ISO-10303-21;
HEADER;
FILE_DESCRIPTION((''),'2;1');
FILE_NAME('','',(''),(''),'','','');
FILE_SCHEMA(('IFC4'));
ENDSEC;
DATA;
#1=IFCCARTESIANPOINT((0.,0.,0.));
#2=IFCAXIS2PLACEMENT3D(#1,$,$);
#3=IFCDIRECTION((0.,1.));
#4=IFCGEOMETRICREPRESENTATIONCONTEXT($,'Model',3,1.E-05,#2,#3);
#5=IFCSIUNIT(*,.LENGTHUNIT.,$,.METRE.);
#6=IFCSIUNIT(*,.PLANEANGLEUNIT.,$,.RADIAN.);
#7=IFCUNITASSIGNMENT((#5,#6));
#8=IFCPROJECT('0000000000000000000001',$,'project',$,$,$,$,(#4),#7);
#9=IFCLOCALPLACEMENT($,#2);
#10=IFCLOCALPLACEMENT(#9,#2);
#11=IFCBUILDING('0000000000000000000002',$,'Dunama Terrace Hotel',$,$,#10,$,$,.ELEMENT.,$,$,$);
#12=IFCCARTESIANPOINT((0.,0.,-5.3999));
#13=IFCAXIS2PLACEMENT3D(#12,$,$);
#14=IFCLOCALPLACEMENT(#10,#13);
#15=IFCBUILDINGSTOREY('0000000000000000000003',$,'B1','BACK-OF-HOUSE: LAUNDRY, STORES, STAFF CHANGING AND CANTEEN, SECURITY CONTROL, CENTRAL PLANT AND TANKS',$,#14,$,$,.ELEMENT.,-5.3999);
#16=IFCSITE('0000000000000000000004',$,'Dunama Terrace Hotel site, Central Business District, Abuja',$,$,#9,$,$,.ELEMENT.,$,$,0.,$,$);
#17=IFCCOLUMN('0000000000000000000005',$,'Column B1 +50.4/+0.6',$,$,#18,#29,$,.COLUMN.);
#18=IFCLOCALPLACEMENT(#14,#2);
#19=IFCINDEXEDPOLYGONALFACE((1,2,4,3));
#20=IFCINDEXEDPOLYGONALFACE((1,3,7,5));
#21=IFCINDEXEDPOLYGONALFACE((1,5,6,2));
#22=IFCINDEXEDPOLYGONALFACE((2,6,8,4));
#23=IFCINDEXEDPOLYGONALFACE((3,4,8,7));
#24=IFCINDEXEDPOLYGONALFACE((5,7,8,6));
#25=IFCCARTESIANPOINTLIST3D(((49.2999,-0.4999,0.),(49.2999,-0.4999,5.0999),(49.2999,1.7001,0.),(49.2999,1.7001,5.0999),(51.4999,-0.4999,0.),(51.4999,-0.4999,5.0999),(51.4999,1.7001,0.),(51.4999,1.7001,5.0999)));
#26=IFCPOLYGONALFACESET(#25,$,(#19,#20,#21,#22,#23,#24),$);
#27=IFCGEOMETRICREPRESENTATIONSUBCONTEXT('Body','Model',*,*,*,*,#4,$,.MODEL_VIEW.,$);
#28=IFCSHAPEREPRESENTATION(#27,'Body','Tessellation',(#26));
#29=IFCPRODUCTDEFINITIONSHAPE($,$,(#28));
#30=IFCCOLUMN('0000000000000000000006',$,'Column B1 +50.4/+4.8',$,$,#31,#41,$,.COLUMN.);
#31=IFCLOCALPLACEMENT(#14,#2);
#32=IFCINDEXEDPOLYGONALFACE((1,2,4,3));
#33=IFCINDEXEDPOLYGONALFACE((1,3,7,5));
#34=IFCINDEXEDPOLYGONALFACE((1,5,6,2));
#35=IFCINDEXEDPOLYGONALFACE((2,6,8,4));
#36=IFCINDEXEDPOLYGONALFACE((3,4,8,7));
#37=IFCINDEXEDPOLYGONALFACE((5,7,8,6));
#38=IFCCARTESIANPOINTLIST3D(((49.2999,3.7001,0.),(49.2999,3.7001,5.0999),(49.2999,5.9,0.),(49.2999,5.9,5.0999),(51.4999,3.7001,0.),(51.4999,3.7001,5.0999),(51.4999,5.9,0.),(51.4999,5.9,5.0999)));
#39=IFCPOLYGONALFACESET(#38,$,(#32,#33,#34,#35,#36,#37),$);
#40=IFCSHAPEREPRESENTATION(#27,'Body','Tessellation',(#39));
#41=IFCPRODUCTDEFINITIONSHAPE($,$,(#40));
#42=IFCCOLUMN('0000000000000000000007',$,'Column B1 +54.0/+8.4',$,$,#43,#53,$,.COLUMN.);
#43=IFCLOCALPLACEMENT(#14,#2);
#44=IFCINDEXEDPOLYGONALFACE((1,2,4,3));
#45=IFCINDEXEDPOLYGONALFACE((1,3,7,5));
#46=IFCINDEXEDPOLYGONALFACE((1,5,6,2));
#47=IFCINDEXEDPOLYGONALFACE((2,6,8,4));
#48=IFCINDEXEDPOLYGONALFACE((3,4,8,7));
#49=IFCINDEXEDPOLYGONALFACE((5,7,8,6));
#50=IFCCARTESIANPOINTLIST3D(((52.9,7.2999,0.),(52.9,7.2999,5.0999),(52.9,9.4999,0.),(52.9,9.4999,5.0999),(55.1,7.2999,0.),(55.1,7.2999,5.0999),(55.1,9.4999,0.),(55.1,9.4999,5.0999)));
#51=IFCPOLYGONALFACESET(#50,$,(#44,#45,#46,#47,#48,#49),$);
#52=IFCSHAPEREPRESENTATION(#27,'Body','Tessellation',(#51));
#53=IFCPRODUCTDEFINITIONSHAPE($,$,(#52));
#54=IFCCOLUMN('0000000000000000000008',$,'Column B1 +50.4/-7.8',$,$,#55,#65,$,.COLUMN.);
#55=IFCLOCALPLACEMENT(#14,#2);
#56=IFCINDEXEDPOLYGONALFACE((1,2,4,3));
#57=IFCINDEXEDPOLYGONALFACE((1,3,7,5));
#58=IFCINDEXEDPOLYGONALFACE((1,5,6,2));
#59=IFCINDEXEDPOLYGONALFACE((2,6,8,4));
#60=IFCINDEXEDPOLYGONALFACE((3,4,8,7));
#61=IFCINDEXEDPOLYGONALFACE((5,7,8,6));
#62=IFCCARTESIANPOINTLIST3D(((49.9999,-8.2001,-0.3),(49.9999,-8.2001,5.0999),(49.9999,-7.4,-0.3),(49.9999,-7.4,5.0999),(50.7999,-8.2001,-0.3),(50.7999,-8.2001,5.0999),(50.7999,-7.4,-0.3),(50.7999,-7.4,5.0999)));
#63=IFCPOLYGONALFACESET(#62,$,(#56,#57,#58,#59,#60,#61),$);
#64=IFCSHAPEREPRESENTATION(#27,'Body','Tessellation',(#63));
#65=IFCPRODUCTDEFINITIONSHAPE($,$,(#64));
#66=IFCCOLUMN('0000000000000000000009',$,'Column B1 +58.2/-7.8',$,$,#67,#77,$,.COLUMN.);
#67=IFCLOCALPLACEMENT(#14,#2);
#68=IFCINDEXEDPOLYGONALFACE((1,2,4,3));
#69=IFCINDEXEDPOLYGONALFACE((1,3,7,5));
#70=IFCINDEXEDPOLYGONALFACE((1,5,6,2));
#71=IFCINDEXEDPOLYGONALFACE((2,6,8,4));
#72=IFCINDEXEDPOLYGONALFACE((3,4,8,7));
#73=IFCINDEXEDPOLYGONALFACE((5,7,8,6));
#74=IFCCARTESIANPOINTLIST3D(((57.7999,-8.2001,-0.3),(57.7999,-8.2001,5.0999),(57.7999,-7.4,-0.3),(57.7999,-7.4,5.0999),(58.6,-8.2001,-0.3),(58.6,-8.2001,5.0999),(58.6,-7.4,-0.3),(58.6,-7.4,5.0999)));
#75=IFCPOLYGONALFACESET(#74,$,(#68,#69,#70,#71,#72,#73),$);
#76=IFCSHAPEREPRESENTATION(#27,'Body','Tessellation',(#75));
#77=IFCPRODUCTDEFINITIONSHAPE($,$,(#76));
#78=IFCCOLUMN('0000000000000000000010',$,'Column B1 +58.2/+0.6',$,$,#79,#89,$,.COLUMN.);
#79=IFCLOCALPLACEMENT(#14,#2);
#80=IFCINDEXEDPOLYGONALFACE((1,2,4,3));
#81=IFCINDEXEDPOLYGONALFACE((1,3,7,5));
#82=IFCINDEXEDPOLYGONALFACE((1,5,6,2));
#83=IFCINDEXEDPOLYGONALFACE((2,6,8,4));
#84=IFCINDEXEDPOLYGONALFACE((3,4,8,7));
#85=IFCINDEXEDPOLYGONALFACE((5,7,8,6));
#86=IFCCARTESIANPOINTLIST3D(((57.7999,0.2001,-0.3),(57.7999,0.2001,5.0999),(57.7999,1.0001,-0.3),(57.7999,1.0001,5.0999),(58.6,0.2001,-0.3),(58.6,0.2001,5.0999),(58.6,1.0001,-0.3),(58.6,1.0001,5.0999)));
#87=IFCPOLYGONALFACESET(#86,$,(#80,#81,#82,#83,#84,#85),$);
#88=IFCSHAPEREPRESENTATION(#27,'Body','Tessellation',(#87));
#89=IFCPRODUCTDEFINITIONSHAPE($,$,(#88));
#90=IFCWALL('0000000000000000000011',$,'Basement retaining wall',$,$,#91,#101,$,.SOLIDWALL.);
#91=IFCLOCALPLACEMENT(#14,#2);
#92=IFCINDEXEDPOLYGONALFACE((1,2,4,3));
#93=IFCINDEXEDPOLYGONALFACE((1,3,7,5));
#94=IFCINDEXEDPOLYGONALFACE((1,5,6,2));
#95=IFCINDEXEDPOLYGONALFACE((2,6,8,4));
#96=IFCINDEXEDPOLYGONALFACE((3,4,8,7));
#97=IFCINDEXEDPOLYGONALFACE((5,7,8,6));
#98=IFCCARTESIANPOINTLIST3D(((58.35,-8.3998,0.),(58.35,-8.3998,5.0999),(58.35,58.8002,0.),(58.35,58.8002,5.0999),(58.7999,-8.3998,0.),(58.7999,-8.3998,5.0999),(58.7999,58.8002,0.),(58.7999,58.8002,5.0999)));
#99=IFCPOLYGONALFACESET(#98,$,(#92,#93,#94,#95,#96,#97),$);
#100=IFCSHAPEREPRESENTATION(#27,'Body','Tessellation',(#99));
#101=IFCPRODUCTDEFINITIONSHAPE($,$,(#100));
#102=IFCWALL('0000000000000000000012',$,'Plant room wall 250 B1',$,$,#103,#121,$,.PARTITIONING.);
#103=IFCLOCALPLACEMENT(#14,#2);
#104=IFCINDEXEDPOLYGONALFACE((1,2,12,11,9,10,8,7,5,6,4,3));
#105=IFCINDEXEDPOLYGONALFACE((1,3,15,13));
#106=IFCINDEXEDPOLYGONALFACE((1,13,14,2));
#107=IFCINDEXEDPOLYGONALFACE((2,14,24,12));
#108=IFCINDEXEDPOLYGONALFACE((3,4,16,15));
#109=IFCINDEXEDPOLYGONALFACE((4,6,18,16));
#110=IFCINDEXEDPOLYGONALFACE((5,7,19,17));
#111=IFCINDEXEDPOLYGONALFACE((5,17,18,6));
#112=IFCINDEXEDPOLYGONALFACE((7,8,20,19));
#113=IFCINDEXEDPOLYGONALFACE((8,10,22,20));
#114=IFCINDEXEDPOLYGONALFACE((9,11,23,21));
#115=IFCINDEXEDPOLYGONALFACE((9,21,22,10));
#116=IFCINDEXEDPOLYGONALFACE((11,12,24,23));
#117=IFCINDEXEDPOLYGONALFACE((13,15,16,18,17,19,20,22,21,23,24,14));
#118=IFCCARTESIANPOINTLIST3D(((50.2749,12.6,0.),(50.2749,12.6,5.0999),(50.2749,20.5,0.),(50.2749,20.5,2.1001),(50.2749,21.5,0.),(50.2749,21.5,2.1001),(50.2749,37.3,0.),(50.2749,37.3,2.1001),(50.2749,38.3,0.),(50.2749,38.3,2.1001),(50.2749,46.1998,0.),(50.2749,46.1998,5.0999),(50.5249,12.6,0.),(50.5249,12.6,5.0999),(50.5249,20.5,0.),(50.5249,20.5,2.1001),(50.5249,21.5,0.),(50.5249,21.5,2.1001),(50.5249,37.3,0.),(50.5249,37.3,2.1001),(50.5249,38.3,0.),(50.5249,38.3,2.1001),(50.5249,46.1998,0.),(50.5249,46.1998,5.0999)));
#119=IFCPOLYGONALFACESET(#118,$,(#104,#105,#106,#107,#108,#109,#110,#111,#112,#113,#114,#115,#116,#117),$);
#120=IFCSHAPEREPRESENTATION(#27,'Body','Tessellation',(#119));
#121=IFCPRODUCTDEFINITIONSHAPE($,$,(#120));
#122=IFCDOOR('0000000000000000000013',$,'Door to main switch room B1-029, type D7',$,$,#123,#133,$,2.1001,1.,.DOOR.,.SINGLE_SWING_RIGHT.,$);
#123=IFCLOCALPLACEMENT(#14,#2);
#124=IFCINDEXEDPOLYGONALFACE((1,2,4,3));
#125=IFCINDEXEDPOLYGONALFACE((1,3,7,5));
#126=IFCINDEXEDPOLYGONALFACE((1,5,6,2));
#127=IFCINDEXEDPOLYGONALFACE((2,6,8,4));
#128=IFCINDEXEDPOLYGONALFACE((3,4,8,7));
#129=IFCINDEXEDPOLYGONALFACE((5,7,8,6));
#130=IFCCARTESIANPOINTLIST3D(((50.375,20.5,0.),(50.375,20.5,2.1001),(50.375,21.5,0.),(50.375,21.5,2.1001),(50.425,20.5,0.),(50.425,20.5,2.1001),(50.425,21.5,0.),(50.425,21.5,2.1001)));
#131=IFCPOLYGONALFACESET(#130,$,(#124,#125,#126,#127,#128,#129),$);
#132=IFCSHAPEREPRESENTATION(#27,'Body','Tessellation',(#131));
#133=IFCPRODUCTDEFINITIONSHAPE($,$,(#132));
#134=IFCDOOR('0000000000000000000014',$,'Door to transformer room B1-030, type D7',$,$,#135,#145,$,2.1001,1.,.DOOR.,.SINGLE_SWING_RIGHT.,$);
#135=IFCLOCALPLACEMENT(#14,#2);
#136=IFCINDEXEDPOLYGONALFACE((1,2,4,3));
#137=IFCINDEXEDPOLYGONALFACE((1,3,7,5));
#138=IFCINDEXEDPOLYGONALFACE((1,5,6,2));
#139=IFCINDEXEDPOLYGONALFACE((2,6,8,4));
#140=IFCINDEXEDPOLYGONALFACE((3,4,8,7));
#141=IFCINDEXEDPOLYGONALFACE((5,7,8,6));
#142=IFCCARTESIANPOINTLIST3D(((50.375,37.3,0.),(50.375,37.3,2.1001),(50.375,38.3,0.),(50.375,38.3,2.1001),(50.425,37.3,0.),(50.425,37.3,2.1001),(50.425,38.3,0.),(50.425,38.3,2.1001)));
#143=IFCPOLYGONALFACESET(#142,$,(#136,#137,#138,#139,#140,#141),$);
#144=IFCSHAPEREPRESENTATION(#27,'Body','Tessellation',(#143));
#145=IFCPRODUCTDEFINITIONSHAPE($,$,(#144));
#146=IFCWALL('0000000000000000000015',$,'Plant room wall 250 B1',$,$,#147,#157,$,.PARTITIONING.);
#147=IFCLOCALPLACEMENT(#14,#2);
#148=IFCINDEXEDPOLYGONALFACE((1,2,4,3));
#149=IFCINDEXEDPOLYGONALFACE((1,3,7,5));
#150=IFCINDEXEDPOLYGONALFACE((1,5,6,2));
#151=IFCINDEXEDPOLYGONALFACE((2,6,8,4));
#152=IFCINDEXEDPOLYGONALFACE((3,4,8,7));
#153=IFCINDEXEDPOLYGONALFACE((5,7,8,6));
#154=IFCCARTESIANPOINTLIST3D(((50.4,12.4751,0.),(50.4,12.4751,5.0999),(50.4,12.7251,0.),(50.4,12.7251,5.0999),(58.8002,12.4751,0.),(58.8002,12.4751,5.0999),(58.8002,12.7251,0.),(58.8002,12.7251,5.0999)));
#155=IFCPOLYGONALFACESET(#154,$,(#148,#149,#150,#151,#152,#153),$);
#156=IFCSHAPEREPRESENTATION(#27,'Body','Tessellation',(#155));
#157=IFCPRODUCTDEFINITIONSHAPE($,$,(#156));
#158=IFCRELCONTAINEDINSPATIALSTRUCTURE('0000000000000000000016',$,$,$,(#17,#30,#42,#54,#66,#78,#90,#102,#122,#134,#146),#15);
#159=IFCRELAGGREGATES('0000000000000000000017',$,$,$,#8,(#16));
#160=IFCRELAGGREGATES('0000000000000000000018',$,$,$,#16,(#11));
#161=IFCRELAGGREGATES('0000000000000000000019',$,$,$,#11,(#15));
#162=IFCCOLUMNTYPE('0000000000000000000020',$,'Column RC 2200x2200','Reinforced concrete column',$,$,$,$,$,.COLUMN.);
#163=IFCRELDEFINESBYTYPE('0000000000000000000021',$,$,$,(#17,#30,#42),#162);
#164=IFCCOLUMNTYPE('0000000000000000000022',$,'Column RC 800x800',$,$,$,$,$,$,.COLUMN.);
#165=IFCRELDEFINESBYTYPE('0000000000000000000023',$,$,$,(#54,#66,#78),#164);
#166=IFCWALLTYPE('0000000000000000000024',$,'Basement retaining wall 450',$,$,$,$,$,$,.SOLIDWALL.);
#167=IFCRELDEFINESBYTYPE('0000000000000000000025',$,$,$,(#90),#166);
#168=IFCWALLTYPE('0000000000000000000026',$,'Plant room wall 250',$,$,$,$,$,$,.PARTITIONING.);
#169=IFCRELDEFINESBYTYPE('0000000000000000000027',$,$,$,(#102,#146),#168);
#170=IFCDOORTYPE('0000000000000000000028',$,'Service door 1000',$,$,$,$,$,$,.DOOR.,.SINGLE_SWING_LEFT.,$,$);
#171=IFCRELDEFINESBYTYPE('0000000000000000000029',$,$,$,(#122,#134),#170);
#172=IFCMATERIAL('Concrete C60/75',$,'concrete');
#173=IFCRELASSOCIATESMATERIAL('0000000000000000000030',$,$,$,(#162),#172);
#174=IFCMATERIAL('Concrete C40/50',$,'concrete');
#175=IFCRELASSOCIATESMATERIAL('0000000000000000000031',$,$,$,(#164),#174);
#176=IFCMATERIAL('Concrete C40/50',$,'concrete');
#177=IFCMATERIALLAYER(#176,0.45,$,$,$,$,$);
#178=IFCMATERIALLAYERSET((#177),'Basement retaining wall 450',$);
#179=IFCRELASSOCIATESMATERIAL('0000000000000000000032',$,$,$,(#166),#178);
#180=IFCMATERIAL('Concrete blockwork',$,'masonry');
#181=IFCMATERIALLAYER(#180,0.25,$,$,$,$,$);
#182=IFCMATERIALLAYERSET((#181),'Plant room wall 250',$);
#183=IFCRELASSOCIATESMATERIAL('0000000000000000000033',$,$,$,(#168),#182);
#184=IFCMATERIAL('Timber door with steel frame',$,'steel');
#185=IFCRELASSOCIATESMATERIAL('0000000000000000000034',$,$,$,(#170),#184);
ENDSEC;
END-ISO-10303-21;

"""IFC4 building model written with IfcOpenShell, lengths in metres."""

from ifc_helpers import new_model, si_unit, direction, frame, frame_2d, origin, origin_2d, place, context, subcontext, project, spatial, rectangle, extrude, material, layer, layer_set, material_profile, profile_set, type_object, element, fill, save


model = new_model("IFC4")

# Units and contexts
model_context = context("Model", 3, precision=1e-05, world=origin(), true_north=direction((0.0, 1.0)))
body_context = subcontext(model_context, "Body", "Model", "MODEL_VIEW")
ifc_project = project(units=[si_unit("LENGTHUNIT", "METRE"), si_unit("PLANEANGLEUNIT", "RADIAN")], contexts=[model_context])

# Site, building, storey
site_placement = place(None, origin())
site = spatial("IfcSite", under=ifc_project, at=site_placement, Name="Dunama Terrace Hotel site, Central Business District, Abuja", CompositionType="ELEMENT", RefElevation=0.0)
building_placement = place(site_placement, origin())
building = spatial("IfcBuilding", under=site, at=building_placement, Name="Dunama Terrace Hotel", CompositionType="ELEMENT")
storey_placement = place(building_placement, frame((0.0, 0.0, -5.3999)))
storey = spatial("IfcBuildingStorey", under=building, at=storey_placement, Name="B1", Description="BACK-OF-HOUSE: LAUNDRY, STORES, STAFF CHANGING AND CANTEEN, SECURITY CONTROL, CENTRAL PLANT AND TANKS", CompositionType="ELEMENT", Elevation=-5.3999)

# Columns
ifc_material_1 = material(Name="Concrete C60/75", Category="concrete")
ifc_material_profile_1 = material_profile(ifc_material_1, rectangle(XDim=2.2, YDim=2.2, at=origin_2d()), Name="RC 2200x2200")
ifc_profile_set_1 = profile_set([ifc_material_profile_1], Name="Concrete C60/75")
column_type_1 = type_object("IfcColumnType", Name="Column RC 2200x2200", Description="Reinforced concrete column", PredefinedType="COLUMN", material=ifc_profile_set_1)
for number, where, z_axis, x_axis, name in (
    (1, (50.3999, 0.6001, 0.0), (0.0, 0.0, 1.0), (1.0, 0.0, 0.0), "Column B1 +50.4/+0.6"),
    (2, (50.3999, 4.8, 0.0), (0.0, 0.0, 1.0), (1.0, 0.0, 0.0), "Column B1 +50.4/+4.8"),
    (3, (54.0, 8.3999, 0.0), (0.0, 0.0, 1.0), (1.0, 0.0, 0.0), "Column B1 +54.0/+8.4"),
):
    element("IfcColumn", number, at=place(storey_placement, frame(where, z_axis=z_axis, x_axis=x_axis)), inside=storey, type_object=column_type_1, Name=name, PredefinedType="COLUMN", context=body_context, shape_type="SweptSolid", body=[
        extrude(rectangle(XDim=2.2, YDim=2.2, at=origin_2d()), origin(), (0.0, 0.0, 1.0), 5.0999),
    ])
ifc_material_2 = material(Name="Concrete C40/50", Category="concrete")
ifc_material_profile_2 = material_profile(ifc_material_2, rectangle(XDim=0.8, YDim=0.8, at=origin_2d()), Name="RC 800x800")
ifc_profile_set_2 = profile_set([ifc_material_profile_2], Name="Concrete C40/50")
column_type_2 = type_object("IfcColumnType", Name="Column RC 800x800", PredefinedType="COLUMN", material=ifc_profile_set_2)
for number, where, z_axis, x_axis, name in (
    (4, (50.3999, -7.8, -0.3), (0.0, 0.0, 1.0), (1.0, 0.0, 0.0), "Column B1 +50.4/-7.8"),
    (5, (58.2, -7.8, -0.3), (0.0, 0.0, 1.0), (1.0, 0.0, 0.0), "Column B1 +58.2/-7.8"),
    (6, (58.2, 0.6001, -0.3), (0.0, 0.0, 1.0), (1.0, 0.0, 0.0), "Column B1 +58.2/+0.6"),
):
    element("IfcColumn", number, at=place(storey_placement, frame(where, z_axis=z_axis, x_axis=x_axis)), inside=storey, type_object=column_type_2, Name=name, PredefinedType="COLUMN", context=body_context, shape_type="SweptSolid", body=[
        extrude(rectangle(XDim=0.8, YDim=0.8, at=origin_2d()), origin(), (0.0, 0.0, 1.0), 5.3999),
    ])

# Wall
ifc_material_3 = material(Name="Concrete C40/50", Category="concrete")
ifc_layer_1 = layer(ifc_material_3, 0.45)
ifc_layer_set_1 = layer_set([ifc_layer_1], Name="Basement retaining wall 450")
wall_type_1 = type_object("IfcWallType", Name="Basement retaining wall 450", PredefinedType="SOLIDWALL", material=ifc_layer_set_1)
wall_1_placement = place(storey_placement, frame((58.575, -8.3999, 0.0), z_axis=(0.0, 0.0, 1.0), x_axis=(0.0, 1.0, 0.0)))
element("IfcWall", 7, at=wall_1_placement, inside=storey, type_object=wall_type_1, Name="Basement retaining wall", PredefinedType="SOLIDWALL", context=body_context, shape_type="SweptSolid", body=[
    extrude(rectangle(XDim=67.2, YDim=0.45, at=frame_2d((33.6001, 0.0))), origin(), (0.0, 0.0, 1.0), 5.0999),
])

# Wall, openings, doors
ifc_material_4 = material(Name="Concrete blockwork", Category="masonry")
ifc_layer_2 = layer(ifc_material_4, 0.25)
ifc_layer_set_2 = layer_set([ifc_layer_2], Name="Plant room wall 250")
wall_type_2 = type_object("IfcWallType", Name="Plant room wall 250", PredefinedType="PARTITIONING", material=ifc_layer_set_2)
wall_2_placement = place(storey_placement, frame((50.3999, 12.6001, 0.0), z_axis=(0.0, 0.0, 1.0), x_axis=(0.0, 1.0, 0.0)))
wall_2 = element("IfcWall", 8, at=wall_2_placement, inside=storey, type_object=wall_type_2, Name="Plant room wall 250 B1", PredefinedType="PARTITIONING", context=body_context, shape_type="SweptSolid", body=[
    extrude(rectangle(XDim=33.5999, YDim=0.25, at=frame_2d((16.7998, 0.0))), origin(), (0.0, 0.0, 1.0), 5.0999),
])
opening_1_placement = place(wall_2_placement, frame((7.8999, 0.0, 0.0)))
opening_1 = element("IfcOpeningElement", 9, at=opening_1_placement, cuts=wall_2, PredefinedType="OPENING", context=body_context, shape_type="SweptSolid", body=[
    extrude(rectangle(XDim=1.0, YDim=2.1001, at=frame_2d((0.5, 1.05))), frame((0.0, 0.135, 0.0), z_axis=(0.0, -1.0, 0.0), x_axis=(1.0, 0.0, 0.0)), (0.0, 0.0, 1.0), 0.27),
])
opening_2_placement = place(wall_2_placement, frame((24.7, 0.0, 0.0)))
opening_2 = element("IfcOpeningElement", 10, at=opening_2_placement, cuts=wall_2, PredefinedType="OPENING", context=body_context, shape_type="SweptSolid", body=[
    extrude(rectangle(XDim=1.0, YDim=2.1001, at=frame_2d((0.5, 1.05))), frame((0.0, 0.135, 0.0), z_axis=(0.0, -1.0, 0.0), x_axis=(1.0, 0.0, 0.0)), (0.0, 0.0, 1.0), 0.27),
])
ifc_material_5 = material(Name="Timber door with steel frame", Category="steel")
door_type = type_object("IfcDoorType", Name="Service door 1000", OperationType="SINGLE_SWING_LEFT", PredefinedType="DOOR", material=ifc_material_5)
door_1_placement = place(opening_1_placement, frame((1.0, 0.0, 0.0), z_axis=(0.0, 0.0, 1.0), x_axis=(-1.0, 0.0, 0.0)))
door_1 = element("IfcDoor", 11, at=door_1_placement, inside=storey, type_object=door_type, Name="Door to main switch room B1-029, type D7", OperationType="SINGLE_SWING_RIGHT", OverallHeight=2.1001, OverallWidth=1.0, PredefinedType="DOOR", context=body_context, shape_type="SweptSolid", body=[
    extrude(rectangle(XDim=1.0, YDim=2.1001, at=frame_2d((0.5, 1.05))), frame((0.0, 0.0251, 0.0), z_axis=(0.0, -1.0, 0.0), x_axis=(1.0, 0.0, 0.0)), (0.0, 0.0, 1.0), 0.05),
])
fill(opening_1, door_1)
door_2_placement = place(opening_2_placement, frame((1.0, 0.0, 0.0), z_axis=(0.0, 0.0, 1.0), x_axis=(-1.0, 0.0, 0.0)))
door_2 = element("IfcDoor", 12, at=door_2_placement, inside=storey, type_object=door_type, Name="Door to transformer room B1-030, type D7", OperationType="SINGLE_SWING_RIGHT", OverallHeight=2.1001, OverallWidth=1.0, PredefinedType="DOOR", context=body_context, shape_type="SweptSolid", body=[
    extrude(rectangle(XDim=1.0, YDim=2.1001, at=frame_2d((0.5, 1.05))), frame((0.0, 0.0251, 0.0), z_axis=(0.0, -1.0, 0.0), x_axis=(1.0, 0.0, 0.0)), (0.0, 0.0, 1.0), 0.05),
])
fill(opening_2, door_2)

# Wall
wall_3_placement = place(storey_placement, frame((50.3999, 12.6001, 0.0), z_axis=(0.0, 0.0, 1.0), x_axis=(1.0, 0.0, 0.0)))
element("IfcWall", 13, at=wall_3_placement, inside=storey, type_object=wall_type_2, Name="Plant room wall 250 B1", PredefinedType="PARTITIONING", context=body_context, shape_type="SweptSolid", body=[
    extrude(rectangle(XDim=8.4001, YDim=0.25, at=frame_2d((4.2002, 0.0))), origin(), (0.0, 0.0, 1.0), 5.0999),
])

save(model, "model.ifc")
